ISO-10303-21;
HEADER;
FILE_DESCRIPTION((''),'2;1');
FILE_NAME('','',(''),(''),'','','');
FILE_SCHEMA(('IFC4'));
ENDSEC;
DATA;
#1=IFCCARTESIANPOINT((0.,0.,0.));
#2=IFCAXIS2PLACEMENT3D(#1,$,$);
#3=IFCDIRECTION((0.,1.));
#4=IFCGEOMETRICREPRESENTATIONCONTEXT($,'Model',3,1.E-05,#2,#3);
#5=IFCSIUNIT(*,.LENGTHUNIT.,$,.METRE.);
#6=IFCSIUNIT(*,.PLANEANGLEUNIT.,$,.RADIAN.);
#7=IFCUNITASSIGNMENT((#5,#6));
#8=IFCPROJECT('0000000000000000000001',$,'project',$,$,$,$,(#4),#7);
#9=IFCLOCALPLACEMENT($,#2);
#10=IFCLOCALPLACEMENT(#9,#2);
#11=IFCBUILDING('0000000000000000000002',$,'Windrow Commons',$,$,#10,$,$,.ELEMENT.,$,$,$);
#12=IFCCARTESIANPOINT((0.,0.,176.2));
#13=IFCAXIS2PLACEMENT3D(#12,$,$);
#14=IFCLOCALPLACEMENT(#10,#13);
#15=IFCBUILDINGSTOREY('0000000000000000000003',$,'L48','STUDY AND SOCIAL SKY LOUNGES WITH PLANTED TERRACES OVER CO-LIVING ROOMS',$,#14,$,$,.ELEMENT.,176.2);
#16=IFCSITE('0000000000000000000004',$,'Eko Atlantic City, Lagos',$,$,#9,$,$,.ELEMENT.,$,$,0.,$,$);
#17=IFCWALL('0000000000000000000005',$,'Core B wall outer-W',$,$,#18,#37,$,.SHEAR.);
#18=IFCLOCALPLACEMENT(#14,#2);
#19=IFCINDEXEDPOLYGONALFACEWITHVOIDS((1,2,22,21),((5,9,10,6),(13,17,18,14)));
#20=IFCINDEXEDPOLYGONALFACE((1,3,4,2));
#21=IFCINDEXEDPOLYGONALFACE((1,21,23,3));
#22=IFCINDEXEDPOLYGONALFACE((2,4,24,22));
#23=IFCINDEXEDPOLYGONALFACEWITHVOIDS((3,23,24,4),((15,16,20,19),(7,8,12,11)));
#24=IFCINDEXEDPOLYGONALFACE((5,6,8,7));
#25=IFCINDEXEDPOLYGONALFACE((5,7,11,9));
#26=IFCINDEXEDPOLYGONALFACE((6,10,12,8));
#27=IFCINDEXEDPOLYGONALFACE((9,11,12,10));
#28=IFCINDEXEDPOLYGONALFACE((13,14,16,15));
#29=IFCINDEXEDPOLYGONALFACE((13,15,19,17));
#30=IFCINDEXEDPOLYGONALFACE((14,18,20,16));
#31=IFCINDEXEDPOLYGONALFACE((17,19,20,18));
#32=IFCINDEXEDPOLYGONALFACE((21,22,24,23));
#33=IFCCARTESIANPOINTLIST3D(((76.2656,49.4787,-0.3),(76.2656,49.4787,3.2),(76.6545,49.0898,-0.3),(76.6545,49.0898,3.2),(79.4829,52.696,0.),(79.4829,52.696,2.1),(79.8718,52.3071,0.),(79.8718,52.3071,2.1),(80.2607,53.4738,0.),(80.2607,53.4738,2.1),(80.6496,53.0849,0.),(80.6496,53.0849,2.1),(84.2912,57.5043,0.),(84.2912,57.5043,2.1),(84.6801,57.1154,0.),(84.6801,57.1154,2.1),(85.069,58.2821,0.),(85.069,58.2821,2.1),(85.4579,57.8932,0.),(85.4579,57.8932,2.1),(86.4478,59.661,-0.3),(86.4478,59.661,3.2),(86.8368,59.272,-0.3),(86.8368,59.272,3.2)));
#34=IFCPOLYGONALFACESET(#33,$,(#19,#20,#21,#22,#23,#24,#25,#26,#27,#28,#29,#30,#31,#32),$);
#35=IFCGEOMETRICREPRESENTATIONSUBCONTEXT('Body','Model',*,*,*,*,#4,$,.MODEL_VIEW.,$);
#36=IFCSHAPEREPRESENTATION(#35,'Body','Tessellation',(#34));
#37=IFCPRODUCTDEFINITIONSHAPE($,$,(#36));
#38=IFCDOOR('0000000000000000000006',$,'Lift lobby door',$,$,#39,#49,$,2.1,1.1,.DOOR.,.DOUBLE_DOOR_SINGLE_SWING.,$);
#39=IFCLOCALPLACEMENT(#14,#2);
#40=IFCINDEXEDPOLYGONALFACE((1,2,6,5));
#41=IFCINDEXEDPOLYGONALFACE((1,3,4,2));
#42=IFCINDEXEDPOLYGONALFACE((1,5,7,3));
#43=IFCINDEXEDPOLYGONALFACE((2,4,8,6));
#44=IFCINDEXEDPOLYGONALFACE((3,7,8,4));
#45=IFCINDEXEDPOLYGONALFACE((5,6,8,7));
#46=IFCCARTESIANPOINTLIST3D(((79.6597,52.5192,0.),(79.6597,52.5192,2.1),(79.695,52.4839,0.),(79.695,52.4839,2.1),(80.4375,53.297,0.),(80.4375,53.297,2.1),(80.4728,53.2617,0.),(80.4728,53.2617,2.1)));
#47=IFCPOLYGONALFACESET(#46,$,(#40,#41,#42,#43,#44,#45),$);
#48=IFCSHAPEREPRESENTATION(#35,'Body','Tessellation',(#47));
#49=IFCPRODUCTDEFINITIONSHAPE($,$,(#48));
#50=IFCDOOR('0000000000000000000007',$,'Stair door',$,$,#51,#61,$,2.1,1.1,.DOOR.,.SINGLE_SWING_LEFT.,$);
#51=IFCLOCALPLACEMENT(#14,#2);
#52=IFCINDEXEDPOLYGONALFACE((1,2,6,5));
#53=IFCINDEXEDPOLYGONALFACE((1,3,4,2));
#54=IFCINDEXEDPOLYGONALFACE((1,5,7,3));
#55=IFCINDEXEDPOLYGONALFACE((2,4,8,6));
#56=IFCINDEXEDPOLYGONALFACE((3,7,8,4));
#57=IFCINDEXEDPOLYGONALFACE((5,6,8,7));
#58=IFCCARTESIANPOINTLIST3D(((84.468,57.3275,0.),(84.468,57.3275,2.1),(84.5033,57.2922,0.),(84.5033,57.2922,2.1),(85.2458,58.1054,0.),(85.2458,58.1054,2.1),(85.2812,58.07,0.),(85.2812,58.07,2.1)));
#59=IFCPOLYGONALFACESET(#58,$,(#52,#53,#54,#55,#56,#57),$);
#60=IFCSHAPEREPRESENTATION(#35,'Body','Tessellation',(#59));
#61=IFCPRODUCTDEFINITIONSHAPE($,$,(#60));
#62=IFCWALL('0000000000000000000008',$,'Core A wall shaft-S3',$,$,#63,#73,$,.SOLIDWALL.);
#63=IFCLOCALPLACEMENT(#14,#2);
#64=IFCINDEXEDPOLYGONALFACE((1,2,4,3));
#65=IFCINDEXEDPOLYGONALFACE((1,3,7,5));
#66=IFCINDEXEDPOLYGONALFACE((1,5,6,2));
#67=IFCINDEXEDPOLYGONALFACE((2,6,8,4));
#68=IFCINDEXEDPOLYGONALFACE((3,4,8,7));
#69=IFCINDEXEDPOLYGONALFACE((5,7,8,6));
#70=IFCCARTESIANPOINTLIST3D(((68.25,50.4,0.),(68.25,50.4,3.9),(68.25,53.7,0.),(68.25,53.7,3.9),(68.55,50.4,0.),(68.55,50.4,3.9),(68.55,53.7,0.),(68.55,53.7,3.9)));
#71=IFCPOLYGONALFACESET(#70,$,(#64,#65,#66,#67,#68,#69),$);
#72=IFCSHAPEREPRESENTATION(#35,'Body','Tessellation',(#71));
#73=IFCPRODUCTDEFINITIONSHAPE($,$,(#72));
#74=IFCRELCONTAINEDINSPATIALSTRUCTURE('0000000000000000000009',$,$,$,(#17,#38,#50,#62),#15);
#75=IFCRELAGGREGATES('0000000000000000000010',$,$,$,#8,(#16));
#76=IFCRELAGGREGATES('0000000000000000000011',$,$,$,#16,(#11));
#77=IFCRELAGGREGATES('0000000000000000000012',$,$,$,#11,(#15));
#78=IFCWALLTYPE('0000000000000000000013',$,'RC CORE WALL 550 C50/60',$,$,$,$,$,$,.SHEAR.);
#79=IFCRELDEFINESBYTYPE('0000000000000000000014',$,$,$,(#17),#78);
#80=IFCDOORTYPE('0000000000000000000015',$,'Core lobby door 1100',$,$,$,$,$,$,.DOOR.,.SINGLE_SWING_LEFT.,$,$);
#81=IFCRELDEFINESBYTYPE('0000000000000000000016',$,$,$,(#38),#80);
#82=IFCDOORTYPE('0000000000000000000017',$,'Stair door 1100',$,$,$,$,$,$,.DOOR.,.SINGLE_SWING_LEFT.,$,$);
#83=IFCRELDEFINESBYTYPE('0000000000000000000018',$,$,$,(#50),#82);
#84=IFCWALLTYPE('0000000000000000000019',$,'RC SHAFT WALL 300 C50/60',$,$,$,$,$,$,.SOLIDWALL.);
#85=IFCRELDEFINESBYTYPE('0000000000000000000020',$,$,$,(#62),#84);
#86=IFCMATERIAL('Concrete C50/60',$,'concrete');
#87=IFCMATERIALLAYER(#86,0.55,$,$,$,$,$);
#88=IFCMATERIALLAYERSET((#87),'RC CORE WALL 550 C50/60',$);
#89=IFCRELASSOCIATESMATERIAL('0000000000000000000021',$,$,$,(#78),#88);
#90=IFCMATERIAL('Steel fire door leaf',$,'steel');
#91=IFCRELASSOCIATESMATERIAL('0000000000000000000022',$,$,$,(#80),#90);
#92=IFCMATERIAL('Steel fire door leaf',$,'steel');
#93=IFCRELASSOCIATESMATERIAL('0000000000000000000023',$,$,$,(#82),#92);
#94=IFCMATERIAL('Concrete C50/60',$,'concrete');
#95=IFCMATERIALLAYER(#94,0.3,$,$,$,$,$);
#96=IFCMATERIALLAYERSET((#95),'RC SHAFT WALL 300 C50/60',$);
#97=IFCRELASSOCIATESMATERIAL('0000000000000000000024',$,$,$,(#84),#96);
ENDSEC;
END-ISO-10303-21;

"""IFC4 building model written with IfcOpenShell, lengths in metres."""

from ifc_helpers import new_model, si_unit, direction, frame, frame_2d, origin, place, context, subcontext, project, spatial, rectangle, extrude, material, layer, layer_set, type_object, element, fill, save


model = new_model("IFC4")

# Units and contexts
model_context = context("Model", 3, precision=1e-05, world=origin(), true_north=direction((0.0, 1.0)))
body_context = subcontext(model_context, "Body", "Model", "MODEL_VIEW")
ifc_project = project(units=[si_unit("LENGTHUNIT", "METRE"), si_unit("PLANEANGLEUNIT", "RADIAN")], contexts=[model_context])

# Site, building, storey
site_placement = place(None, origin())
site = spatial("IfcSite", under=ifc_project, at=site_placement, Name="Eko Atlantic City, Lagos", CompositionType="ELEMENT", RefElevation=0.0)
building_placement = place(site_placement, origin())
building = spatial("IfcBuilding", under=site, at=building_placement, Name="Windrow Commons", CompositionType="ELEMENT")
storey_placement = place(building_placement, frame((0.0, 0.0, 176.2)))
storey = spatial("IfcBuildingStorey", under=building, at=storey_placement, Name="L48", Description="STUDY AND SOCIAL SKY LOUNGES WITH PLANTED TERRACES OVER CO-LIVING ROOMS", CompositionType="ELEMENT", Elevation=176.2)

# Shared definitions
ifc_material_1 = material(Name="Concrete C50/60", Category="concrete")
ifc_layer_1 = layer(ifc_material_1, 0.55)
ifc_layer_set_1 = layer_set([ifc_layer_1], Name="RC CORE WALL 550 C50/60")
wall_type_1 = type_object("IfcWallType", Name="RC CORE WALL 550 C50/60", PredefinedType="SHEAR", material=ifc_layer_set_1)

# Wall, openings, doors
wall_1_placement = place(storey_placement, frame((76.46, 49.2842, -0.3), z_axis=(0.0, 0.0, 1.0), x_axis=(0.707107, 0.707107, 0.0)))
wall_1 = element("IfcWall", 1, at=wall_1_placement, inside=storey, type_object=wall_type_1, Name="Core B wall outer-W", PredefinedType="SHEAR", context=body_context, shape_type="SweptSolid", body=[
    extrude(rectangle(XDim=14.3999, YDim=0.55, at=frame_2d((7.2, 0.0))), origin(), (0.0, 0.0, 1.0), 3.5),
])
opening_1_placement = place(wall_1_placement, frame((4.55, 0.0, 0.3)))
opening_1 = element("IfcOpeningElement", 2, at=opening_1_placement, cuts=wall_1, PredefinedType="OPENING", context=body_context, shape_type="SweptSolid", body=[
    extrude(rectangle(XDim=1.1, YDim=2.1, at=frame_2d((0.55, 1.05))), frame((0.0, 0.285, 0.0), z_axis=(0.0, -1.0, 0.0), x_axis=(1.0, 0.0, 0.0)), (0.0, 0.0, 1.0), 0.57),
])
opening_2_placement = place(wall_1_placement, frame((11.35, 0.0, 0.3)))
opening_2 = element("IfcOpeningElement", 3, at=opening_2_placement, cuts=wall_1, PredefinedType="OPENING", context=body_context, shape_type="SweptSolid", body=[
    extrude(rectangle(XDim=1.1, YDim=2.1, at=frame_2d((0.55, 1.05))), frame((0.0, 0.285, 0.0), z_axis=(0.0, -1.0, 0.0), x_axis=(1.0, 0.0, 0.0)), (0.0, 0.0, 1.0), 0.57),
])
ifc_material_2 = material(Name="Steel fire door leaf", Category="steel")
door_type_1 = type_object("IfcDoorType", Name="Core lobby door 1100", OperationType="SINGLE_SWING_LEFT", PredefinedType="DOOR", material=ifc_material_2)
door_1_placement = place(opening_1_placement, origin())
door_1 = element("IfcDoor", 4, at=door_1_placement, inside=storey, type_object=door_type_1, Name="Lift lobby door", OperationType="DOUBLE_DOOR_SINGLE_SWING", OverallHeight=2.1, OverallWidth=1.1, PredefinedType="DOOR", context=body_context, shape_type="SweptSolid", body=[
    extrude(rectangle(XDim=1.1, YDim=2.1, at=frame_2d((0.55, 1.05))), frame((0.0, 0.025, 0.0), z_axis=(0.0, -1.0, 0.0), x_axis=(1.0, 0.0, 0.0)), (0.0, 0.0, 1.0), 0.05),
])
fill(opening_1, door_1)
ifc_material_3 = material(Name="Steel fire door leaf", Category="steel")
door_type_2 = type_object("IfcDoorType", Name="Stair door 1100", OperationType="SINGLE_SWING_LEFT", PredefinedType="DOOR", material=ifc_material_3)
door_2_placement = place(opening_2_placement, origin())
door_2 = element("IfcDoor", 5, at=door_2_placement, inside=storey, type_object=door_type_2, Name="Stair door", OperationType="SINGLE_SWING_LEFT", OverallHeight=2.1, OverallWidth=1.1, PredefinedType="DOOR", context=body_context, shape_type="SweptSolid", body=[
    extrude(rectangle(XDim=1.1, YDim=2.1, at=frame_2d((0.55, 1.05))), frame((0.0, 0.025, 0.0), z_axis=(0.0, -1.0, 0.0), x_axis=(1.0, 0.0, 0.0)), (0.0, 0.0, 1.0), 0.05),
])
fill(opening_2, door_2)

# Wall
ifc_material_4 = material(Name="Concrete C50/60", Category="concrete")
ifc_layer_2 = layer(ifc_material_4, 0.3)
ifc_layer_set_2 = layer_set([ifc_layer_2], Name="RC SHAFT WALL 300 C50/60")
wall_type_2 = type_object("IfcWallType", Name="RC SHAFT WALL 300 C50/60", PredefinedType="SOLIDWALL", material=ifc_layer_set_2)
wall_2_placement = place(storey_placement, frame((68.4, 50.4, 0.0), z_axis=(0.0, 0.0, 1.0), x_axis=(0.0, 1.0, 0.0)))
element("IfcWall", 6, at=wall_2_placement, inside=storey, type_object=wall_type_2, Name="Core A wall shaft-S3", PredefinedType="SOLIDWALL", context=body_context, shape_type="SweptSolid", body=[
    extrude(rectangle(XDim=3.3, YDim=0.3, at=frame_2d((1.65, 0.0))), origin(), (0.0, 0.0, 1.0), 3.9),
])

save(model, "model.ifc")
